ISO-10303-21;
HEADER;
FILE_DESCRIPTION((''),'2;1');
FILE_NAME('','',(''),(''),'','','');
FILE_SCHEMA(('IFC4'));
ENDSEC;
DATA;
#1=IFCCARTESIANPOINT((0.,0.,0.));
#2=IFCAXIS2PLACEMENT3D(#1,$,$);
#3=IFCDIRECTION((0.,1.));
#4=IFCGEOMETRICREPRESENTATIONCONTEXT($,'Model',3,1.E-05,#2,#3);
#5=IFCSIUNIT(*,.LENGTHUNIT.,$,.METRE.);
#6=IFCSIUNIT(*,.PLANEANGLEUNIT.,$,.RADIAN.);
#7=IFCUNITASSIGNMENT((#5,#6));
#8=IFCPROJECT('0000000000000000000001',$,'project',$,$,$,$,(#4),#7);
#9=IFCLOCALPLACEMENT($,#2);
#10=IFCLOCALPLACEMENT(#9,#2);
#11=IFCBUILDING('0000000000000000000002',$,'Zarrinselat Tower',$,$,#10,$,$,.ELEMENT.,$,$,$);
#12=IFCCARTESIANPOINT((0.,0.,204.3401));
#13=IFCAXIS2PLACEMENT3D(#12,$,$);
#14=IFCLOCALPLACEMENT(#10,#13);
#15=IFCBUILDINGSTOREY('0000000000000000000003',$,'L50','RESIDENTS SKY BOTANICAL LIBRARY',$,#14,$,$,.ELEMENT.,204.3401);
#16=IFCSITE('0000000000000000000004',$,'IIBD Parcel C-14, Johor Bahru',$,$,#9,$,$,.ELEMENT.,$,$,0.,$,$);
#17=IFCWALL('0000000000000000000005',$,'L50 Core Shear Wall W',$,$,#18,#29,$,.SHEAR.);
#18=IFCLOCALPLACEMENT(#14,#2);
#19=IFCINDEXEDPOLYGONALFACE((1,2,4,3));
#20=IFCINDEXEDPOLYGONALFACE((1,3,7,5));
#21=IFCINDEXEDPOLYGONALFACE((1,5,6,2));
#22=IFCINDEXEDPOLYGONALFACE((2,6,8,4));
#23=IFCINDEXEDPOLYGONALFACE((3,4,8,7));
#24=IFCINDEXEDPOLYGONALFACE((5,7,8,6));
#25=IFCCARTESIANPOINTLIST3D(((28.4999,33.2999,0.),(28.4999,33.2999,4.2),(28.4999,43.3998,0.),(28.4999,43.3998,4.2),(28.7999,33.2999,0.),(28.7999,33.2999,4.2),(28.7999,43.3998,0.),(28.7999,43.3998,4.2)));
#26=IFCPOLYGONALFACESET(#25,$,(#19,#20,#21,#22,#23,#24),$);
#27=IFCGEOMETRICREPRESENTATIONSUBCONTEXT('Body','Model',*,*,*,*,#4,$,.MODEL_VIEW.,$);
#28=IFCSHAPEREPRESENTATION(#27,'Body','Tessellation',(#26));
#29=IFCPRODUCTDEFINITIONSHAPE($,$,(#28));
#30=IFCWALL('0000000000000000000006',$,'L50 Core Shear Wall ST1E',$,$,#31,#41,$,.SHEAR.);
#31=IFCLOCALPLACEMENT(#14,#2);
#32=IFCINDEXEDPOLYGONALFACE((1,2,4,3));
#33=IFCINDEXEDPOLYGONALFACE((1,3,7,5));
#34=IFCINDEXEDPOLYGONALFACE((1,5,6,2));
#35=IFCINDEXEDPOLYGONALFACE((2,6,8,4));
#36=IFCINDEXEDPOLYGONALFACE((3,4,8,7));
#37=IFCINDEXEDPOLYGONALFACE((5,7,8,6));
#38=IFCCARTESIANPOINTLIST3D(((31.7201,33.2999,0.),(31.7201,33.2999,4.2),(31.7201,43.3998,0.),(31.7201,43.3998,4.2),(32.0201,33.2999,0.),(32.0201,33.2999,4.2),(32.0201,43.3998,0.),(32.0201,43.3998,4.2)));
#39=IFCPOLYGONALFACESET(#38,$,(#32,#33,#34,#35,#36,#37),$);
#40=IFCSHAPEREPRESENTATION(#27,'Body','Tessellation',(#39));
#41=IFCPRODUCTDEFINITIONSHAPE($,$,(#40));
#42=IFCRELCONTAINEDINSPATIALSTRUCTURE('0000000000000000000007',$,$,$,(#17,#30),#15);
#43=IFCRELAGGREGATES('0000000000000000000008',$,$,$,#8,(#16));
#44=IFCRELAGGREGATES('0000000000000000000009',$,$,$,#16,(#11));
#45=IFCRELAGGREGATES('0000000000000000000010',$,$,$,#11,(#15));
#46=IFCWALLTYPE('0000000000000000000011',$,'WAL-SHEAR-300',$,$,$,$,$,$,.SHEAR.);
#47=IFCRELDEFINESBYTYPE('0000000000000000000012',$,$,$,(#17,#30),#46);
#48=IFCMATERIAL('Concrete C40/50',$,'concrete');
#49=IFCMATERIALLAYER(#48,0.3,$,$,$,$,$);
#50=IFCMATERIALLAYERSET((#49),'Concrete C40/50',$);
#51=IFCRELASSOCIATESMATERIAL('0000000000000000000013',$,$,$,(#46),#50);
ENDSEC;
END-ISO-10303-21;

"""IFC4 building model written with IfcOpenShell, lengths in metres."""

from ifc_helpers import new_model, si_unit, direction, frame, frame_2d, origin, place, context, subcontext, project, spatial, rectangle, extrude, material, layer, layer_set, type_object, element, save


model = new_model("IFC4")

# Units and contexts
model_context = context("Model", 3, precision=1e-05, world=origin(), true_north=direction((0.0, 1.0)))
body_context = subcontext(model_context, "Body", "Model", "MODEL_VIEW")
ifc_project = project(units=[si_unit("LENGTHUNIT", "METRE"), si_unit("PLANEANGLEUNIT", "RADIAN")], contexts=[model_context])

# Site, building, storey
site_placement = place(None, origin())
site = spatial("IfcSite", under=ifc_project, at=site_placement, Name="IIBD Parcel C-14, Johor Bahru", CompositionType="ELEMENT", RefElevation=0.0)
building_placement = place(site_placement, origin())
building = spatial("IfcBuilding", under=site, at=building_placement, Name="Zarrinselat Tower", CompositionType="ELEMENT")
storey_placement = place(building_placement, frame((0.0, 0.0, 204.3401)))
storey = spatial("IfcBuildingStorey", under=building, at=storey_placement, Name="L50", Description="RESIDENTS SKY BOTANICAL LIBRARY", CompositionType="ELEMENT", Elevation=204.3401)

# Shared definitions
ifc_material_1 = material(Name="Concrete C40/50", Category="concrete")
ifc_layer_1 = layer(ifc_material_1, 0.3)
ifc_layer_set_1 = layer_set([ifc_layer_1], Name="Concrete C40/50")
wall_type_1 = type_object("IfcWallType", Name="WAL-SHEAR-300", PredefinedType="SHEAR", material=ifc_layer_set_1)

# Walls
for number, where, z_axis, x_axis, name in (
    (1, (28.6499, 33.3, 0.0), (0.0, 0.0, 1.0), (0.0, 1.0, 0.0), "L50 Core Shear Wall W"),
    (2, (31.8701, 33.3, 0.0), (0.0, 0.0, 1.0), (0.0, 1.0, 0.0), "L50 Core Shear Wall ST1E"),
):
    element("IfcWall", number, at=place(storey_placement, frame(where, z_axis=z_axis, x_axis=x_axis)), inside=storey, type_object=wall_type_1, Name=name, PredefinedType="SHEAR", context=body_context, shape_type="SweptSolid", body=[
        extrude(rectangle(XDim=10.0999, YDim=0.3, at=frame_2d((5.0498, 0.0))), origin(), (0.0, 0.0, 1.0), 4.2),
    ])

save(model, "model.ifc")
